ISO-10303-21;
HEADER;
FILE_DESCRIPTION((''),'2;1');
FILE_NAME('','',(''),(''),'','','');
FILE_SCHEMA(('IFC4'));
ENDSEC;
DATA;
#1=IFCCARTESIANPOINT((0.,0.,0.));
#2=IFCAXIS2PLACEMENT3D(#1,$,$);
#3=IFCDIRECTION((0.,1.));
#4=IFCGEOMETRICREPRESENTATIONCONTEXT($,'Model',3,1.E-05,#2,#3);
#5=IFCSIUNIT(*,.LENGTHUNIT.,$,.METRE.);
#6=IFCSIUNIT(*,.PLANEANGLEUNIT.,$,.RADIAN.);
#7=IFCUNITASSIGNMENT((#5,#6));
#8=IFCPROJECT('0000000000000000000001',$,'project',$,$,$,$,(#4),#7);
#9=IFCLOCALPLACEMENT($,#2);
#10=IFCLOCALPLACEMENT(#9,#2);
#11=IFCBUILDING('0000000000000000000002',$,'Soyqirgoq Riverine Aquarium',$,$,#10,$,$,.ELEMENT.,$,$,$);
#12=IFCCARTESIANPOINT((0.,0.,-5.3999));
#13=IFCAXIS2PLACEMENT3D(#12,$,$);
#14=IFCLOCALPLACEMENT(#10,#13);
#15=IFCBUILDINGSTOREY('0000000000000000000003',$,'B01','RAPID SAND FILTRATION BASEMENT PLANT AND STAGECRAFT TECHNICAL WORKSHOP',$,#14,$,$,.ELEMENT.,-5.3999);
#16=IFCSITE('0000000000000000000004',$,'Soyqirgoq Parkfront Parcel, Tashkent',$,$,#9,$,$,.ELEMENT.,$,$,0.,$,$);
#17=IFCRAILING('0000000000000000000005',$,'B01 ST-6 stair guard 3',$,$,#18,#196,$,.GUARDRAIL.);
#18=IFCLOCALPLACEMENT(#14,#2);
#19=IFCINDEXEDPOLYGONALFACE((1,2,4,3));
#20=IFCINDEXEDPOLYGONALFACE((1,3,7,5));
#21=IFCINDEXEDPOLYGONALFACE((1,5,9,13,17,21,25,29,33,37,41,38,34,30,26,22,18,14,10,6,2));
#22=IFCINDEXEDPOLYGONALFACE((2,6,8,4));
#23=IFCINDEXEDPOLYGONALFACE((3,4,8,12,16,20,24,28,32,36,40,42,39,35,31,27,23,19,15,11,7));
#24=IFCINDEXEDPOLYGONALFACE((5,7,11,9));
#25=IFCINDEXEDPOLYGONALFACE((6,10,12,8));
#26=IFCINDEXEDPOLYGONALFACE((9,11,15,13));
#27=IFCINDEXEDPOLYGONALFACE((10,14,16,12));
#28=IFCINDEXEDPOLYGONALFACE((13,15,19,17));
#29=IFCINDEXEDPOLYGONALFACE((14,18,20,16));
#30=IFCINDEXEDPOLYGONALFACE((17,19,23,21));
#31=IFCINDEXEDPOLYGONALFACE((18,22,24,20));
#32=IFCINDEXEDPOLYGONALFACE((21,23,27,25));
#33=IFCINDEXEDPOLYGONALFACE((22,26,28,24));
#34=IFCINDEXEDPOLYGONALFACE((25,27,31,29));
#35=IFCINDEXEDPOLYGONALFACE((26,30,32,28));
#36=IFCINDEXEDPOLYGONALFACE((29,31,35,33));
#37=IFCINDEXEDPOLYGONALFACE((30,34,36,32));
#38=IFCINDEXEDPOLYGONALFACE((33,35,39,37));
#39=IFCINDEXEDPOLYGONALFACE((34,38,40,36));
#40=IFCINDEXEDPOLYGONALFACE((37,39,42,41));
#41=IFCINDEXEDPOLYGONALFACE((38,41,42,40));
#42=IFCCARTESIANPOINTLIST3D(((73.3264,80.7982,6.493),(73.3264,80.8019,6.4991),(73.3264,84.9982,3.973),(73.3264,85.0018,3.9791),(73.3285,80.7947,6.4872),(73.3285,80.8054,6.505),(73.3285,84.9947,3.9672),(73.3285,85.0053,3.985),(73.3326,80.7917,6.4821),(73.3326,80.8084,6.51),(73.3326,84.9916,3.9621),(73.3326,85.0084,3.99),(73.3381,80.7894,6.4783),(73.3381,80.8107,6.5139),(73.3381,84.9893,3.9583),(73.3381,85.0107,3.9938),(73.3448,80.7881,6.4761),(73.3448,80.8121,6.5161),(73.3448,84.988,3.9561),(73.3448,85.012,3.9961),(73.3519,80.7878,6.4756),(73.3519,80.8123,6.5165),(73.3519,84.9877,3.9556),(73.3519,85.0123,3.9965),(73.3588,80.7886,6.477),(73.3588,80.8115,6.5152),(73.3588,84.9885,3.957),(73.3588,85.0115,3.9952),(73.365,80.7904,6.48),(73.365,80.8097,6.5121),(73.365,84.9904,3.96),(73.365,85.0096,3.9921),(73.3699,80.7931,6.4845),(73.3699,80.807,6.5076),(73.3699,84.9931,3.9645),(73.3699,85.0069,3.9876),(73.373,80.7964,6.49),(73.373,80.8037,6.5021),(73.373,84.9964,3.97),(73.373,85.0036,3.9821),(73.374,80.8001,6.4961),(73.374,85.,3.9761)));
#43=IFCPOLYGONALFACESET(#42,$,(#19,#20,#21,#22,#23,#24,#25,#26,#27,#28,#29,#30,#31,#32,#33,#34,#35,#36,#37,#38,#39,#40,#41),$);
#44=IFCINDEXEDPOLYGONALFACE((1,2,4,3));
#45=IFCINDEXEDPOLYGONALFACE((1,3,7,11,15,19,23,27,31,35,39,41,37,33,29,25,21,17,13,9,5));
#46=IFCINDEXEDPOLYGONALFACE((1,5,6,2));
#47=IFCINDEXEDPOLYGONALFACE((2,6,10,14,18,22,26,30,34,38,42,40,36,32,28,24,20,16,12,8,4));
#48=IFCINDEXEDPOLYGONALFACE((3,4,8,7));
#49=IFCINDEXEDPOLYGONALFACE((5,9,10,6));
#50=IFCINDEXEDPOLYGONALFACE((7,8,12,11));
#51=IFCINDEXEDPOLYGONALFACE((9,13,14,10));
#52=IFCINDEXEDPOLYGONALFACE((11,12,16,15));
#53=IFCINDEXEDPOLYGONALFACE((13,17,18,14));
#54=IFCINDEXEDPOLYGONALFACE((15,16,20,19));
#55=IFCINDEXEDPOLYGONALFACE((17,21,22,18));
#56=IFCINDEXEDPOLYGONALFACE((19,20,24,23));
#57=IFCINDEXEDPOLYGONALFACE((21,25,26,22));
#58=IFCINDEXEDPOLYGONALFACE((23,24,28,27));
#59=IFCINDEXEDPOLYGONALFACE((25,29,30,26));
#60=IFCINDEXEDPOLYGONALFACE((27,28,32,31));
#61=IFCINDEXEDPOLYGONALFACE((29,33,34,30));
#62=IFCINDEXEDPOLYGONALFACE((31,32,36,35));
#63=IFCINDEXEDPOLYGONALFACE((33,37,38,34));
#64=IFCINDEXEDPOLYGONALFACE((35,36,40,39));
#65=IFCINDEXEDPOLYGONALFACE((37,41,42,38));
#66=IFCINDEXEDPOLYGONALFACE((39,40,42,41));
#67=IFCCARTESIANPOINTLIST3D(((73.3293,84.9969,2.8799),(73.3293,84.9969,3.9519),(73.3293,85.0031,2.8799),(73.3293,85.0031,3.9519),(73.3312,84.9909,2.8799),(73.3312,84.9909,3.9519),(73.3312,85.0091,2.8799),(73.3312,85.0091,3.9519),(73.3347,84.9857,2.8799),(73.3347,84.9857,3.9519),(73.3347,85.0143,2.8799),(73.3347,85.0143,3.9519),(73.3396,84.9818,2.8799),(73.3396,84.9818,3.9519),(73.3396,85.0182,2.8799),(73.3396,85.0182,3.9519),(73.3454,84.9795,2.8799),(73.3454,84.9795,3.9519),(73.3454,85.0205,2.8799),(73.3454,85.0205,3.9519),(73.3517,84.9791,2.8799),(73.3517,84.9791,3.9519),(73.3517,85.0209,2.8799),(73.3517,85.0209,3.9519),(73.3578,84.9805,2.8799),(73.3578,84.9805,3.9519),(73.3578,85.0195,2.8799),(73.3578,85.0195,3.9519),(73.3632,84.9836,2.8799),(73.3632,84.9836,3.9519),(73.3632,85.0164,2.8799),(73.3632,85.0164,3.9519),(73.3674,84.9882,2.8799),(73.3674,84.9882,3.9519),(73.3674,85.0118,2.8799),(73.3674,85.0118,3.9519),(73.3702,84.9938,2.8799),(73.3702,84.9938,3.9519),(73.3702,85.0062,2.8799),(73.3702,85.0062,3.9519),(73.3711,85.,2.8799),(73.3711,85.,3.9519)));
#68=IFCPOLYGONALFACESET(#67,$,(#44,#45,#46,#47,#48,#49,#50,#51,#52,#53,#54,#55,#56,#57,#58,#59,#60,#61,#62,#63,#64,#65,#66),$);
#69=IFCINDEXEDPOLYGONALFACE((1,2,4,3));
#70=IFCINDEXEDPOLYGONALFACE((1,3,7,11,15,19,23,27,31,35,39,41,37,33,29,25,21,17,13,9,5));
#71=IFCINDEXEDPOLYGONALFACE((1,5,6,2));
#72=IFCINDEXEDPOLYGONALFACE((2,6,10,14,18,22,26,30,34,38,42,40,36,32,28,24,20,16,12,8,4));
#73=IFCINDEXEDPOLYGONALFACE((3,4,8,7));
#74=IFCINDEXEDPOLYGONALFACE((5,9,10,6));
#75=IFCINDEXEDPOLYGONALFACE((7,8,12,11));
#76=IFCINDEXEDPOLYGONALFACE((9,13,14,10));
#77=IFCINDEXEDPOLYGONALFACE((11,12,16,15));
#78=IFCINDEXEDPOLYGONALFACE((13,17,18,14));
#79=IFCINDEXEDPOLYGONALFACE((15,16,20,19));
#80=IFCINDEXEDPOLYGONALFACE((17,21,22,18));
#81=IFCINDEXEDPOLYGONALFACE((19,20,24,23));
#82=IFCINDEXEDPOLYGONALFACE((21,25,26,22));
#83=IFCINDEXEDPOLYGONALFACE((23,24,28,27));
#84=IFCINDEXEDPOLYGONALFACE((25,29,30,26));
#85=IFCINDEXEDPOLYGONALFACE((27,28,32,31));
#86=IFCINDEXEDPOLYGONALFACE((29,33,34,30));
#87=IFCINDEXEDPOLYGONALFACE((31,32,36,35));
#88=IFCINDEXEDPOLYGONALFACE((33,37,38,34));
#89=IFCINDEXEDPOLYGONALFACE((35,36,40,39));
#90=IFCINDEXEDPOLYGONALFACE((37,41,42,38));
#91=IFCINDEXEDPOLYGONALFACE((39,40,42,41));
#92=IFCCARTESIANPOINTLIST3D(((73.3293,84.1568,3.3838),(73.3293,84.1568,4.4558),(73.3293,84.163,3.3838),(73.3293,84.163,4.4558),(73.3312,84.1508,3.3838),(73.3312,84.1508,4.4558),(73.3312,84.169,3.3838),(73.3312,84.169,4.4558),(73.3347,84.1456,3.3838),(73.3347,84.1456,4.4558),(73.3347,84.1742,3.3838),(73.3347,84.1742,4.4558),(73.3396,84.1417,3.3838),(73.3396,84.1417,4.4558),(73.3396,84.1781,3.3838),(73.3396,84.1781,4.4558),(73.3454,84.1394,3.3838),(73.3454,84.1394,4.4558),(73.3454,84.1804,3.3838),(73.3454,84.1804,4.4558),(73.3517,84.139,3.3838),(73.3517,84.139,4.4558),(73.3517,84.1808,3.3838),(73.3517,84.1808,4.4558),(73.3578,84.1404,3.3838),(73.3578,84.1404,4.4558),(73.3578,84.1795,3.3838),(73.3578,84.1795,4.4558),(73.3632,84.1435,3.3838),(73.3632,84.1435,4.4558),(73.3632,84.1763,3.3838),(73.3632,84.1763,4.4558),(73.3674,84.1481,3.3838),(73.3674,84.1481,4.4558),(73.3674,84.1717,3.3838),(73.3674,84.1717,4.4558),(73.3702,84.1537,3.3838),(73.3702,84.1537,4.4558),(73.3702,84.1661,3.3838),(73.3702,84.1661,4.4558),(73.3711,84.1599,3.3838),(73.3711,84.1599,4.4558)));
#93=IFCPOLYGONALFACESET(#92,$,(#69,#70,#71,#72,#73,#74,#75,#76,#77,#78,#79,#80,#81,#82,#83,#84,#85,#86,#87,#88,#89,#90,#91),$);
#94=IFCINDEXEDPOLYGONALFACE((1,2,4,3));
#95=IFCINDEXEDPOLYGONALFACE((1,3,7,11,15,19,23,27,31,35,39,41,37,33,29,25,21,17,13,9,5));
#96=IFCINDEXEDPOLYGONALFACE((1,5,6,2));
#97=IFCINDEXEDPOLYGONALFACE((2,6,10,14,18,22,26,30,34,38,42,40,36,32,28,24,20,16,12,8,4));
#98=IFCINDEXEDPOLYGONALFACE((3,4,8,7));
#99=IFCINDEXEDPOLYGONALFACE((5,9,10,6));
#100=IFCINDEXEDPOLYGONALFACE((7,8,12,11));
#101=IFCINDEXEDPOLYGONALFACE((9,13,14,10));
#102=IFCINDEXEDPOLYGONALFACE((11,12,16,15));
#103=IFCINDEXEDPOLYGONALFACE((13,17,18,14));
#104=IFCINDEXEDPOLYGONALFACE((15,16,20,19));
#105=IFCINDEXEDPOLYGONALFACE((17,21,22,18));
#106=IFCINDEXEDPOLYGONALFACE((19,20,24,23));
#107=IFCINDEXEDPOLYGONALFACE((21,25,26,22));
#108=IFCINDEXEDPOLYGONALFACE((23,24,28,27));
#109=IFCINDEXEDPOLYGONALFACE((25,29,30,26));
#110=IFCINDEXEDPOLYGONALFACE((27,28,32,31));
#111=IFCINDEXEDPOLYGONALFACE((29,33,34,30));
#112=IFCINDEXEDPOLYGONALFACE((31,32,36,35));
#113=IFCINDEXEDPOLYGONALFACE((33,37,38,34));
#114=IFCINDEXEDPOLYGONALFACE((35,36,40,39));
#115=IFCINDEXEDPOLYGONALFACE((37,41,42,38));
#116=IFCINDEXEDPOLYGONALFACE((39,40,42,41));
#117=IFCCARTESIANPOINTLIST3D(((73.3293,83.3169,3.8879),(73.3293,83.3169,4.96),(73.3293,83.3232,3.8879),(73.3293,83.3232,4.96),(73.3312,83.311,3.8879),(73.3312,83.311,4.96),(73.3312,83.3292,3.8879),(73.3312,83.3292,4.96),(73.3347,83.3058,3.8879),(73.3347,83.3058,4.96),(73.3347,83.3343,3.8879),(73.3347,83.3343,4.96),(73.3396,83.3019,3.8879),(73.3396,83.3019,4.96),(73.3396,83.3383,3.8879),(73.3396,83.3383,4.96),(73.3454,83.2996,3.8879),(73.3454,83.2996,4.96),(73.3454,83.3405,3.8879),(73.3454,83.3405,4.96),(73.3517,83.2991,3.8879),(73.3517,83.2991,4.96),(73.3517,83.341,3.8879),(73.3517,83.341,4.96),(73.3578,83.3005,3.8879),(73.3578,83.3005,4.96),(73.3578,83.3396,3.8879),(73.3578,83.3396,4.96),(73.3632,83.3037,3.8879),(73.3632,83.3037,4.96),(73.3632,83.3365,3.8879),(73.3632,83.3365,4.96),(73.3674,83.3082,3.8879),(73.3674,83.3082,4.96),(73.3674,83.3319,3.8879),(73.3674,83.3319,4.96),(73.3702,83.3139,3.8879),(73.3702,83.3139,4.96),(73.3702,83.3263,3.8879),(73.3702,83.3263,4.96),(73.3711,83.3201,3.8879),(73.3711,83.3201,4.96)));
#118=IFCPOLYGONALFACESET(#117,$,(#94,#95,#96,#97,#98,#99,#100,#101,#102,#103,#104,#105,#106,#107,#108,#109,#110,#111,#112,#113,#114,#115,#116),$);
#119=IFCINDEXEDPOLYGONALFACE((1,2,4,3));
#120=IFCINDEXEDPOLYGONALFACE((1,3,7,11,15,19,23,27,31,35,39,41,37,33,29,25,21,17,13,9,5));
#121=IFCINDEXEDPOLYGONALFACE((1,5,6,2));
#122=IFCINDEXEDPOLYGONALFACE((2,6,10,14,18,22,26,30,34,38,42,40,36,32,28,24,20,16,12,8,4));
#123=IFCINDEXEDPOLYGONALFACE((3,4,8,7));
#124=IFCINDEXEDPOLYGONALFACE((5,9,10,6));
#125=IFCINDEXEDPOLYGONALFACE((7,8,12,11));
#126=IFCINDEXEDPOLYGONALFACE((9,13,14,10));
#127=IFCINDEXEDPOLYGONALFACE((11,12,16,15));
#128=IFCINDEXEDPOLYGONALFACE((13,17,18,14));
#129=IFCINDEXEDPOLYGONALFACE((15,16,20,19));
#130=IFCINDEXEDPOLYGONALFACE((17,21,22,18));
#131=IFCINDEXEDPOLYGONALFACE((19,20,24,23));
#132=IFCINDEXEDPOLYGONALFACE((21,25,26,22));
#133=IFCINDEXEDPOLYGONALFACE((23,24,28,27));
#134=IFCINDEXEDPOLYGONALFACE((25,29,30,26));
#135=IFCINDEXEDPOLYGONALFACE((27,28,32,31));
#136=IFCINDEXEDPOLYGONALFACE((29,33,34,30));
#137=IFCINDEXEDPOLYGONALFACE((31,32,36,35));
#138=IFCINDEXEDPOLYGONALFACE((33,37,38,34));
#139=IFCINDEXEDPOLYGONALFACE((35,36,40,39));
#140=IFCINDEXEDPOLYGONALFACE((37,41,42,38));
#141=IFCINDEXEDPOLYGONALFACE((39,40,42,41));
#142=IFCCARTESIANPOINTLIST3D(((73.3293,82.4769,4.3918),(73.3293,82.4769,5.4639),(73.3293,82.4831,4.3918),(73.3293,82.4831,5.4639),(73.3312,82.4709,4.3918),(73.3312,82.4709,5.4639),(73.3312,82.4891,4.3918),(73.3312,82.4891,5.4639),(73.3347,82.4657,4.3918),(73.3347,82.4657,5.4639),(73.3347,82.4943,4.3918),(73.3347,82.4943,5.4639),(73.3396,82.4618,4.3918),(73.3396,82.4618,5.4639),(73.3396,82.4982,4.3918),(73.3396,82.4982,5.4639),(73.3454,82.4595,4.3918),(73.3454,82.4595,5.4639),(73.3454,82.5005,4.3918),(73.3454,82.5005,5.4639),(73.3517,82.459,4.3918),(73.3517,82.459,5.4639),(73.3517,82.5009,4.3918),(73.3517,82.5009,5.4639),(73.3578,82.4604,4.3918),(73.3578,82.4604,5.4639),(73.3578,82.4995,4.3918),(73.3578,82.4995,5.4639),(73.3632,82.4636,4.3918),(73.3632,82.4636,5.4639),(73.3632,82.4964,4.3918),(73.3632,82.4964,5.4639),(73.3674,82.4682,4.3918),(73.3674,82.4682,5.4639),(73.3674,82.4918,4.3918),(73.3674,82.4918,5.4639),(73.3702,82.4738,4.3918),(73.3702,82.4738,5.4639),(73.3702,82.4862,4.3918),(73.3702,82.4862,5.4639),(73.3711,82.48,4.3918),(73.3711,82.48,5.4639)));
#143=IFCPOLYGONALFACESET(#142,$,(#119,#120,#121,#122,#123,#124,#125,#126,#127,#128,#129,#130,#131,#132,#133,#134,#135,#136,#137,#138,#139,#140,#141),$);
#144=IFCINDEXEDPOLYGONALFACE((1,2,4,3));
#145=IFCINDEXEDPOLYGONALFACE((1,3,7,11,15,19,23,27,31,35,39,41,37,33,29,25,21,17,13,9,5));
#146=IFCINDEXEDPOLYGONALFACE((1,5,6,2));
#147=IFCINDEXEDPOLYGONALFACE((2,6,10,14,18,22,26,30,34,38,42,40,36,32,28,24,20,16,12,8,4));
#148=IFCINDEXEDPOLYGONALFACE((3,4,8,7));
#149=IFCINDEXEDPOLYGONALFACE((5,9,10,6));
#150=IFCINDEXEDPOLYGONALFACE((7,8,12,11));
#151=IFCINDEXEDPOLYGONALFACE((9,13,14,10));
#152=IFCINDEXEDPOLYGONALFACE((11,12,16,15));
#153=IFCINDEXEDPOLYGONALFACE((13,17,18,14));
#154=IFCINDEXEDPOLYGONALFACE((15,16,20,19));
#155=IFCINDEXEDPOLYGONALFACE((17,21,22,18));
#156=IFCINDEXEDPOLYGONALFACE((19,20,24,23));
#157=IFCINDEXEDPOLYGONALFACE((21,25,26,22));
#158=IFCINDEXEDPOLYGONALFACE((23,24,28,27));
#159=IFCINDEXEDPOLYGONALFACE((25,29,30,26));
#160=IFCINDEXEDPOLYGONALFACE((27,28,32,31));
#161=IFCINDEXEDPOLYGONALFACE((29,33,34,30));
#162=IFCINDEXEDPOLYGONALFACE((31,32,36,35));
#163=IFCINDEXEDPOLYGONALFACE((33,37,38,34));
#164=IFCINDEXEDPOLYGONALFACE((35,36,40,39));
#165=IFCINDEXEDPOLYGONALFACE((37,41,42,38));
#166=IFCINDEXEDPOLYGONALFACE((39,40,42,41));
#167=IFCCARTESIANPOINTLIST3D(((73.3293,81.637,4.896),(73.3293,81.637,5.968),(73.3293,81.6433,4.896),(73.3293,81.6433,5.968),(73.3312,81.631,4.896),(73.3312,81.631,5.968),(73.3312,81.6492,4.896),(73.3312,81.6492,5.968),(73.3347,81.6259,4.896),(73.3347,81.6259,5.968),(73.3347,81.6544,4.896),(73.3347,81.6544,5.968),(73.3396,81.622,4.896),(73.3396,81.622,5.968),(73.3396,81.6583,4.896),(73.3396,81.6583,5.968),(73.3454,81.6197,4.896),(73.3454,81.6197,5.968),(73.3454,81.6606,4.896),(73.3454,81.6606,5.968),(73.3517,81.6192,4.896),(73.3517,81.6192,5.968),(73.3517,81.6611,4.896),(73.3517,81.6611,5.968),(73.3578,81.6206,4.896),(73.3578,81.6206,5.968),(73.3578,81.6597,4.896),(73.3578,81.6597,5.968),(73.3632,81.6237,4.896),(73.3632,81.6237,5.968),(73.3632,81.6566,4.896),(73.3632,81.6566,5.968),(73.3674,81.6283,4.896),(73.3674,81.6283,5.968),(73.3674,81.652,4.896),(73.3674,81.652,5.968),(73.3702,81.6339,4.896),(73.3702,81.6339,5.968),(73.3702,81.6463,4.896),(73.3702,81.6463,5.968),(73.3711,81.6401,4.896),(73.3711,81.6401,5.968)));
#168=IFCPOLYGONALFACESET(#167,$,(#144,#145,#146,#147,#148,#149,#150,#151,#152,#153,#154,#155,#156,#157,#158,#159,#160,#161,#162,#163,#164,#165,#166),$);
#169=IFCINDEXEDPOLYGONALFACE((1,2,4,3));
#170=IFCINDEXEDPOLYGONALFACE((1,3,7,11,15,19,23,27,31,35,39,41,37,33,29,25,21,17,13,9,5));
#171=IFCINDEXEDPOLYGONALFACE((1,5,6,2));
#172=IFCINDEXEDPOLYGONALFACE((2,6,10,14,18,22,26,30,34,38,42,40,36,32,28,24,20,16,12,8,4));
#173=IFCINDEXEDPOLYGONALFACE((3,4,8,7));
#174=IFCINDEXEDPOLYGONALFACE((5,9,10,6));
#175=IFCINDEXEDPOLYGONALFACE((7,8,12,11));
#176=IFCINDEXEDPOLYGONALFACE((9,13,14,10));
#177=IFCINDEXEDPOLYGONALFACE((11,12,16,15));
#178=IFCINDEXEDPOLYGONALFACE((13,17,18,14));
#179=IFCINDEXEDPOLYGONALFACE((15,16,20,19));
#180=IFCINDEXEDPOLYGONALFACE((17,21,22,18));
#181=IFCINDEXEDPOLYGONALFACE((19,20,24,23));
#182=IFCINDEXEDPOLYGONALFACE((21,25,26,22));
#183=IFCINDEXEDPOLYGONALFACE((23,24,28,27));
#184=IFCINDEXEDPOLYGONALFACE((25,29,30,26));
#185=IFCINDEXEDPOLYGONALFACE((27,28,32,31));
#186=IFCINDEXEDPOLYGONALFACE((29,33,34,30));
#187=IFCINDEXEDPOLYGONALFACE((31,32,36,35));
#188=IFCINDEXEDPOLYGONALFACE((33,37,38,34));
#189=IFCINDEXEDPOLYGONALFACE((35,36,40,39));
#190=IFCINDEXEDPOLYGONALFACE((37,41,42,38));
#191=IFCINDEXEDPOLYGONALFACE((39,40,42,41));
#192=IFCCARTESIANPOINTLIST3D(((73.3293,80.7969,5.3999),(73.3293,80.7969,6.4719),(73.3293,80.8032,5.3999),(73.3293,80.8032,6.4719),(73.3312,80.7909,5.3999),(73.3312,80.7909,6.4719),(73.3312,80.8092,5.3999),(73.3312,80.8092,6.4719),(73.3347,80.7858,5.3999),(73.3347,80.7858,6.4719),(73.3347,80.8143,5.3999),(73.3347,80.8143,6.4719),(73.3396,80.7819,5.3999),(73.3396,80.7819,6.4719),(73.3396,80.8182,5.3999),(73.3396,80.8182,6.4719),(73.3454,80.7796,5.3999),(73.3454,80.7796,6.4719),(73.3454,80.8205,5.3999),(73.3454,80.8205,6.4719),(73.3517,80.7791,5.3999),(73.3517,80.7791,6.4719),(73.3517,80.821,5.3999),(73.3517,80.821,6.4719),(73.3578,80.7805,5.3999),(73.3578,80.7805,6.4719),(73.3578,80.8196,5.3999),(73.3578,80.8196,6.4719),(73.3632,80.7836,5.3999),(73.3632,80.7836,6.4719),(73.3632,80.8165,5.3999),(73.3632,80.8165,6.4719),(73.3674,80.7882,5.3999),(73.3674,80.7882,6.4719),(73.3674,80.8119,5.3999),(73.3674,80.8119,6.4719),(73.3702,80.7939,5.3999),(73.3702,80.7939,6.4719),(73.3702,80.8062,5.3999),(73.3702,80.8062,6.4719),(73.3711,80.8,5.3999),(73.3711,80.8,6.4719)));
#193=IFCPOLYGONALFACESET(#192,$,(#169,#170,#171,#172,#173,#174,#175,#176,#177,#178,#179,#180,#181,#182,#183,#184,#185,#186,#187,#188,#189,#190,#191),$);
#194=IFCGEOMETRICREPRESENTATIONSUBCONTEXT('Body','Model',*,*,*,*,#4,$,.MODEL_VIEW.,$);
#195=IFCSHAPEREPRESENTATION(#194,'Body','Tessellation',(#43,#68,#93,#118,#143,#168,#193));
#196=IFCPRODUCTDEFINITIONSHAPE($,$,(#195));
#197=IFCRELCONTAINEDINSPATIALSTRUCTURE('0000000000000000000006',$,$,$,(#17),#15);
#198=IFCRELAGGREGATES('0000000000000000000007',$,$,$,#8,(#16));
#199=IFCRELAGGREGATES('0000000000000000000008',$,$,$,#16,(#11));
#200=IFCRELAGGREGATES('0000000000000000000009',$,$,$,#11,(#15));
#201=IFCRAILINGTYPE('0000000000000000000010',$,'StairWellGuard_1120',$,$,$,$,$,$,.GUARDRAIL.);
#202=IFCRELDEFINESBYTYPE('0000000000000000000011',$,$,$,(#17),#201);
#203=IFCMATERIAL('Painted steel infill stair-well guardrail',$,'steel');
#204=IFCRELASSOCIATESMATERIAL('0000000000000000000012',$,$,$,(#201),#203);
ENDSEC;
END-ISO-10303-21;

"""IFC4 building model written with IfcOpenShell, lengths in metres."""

from ifc_helpers import new_model, si_unit, direction, frame, origin, origin_2d, place, context, subcontext, project, spatial, circle, extrude, material, type_object, element, save


model = new_model("IFC4")

# Units and contexts
model_context = context("Model", 3, precision=1e-05, world=origin(), true_north=direction((0.0, 1.0)))
body_context = subcontext(model_context, "Body", "Model", "MODEL_VIEW")
ifc_project = project(units=[si_unit("LENGTHUNIT", "METRE"), si_unit("PLANEANGLEUNIT", "RADIAN")], contexts=[model_context])

# Site, building, storey
site_placement = place(None, origin())
site = spatial("IfcSite", under=ifc_project, at=site_placement, Name="Soyqirgoq Parkfront Parcel, Tashkent", CompositionType="ELEMENT", RefElevation=0.0)
building_placement = place(site_placement, origin())
building = spatial("IfcBuilding", under=site, at=building_placement, Name="Soyqirgoq Riverine Aquarium", CompositionType="ELEMENT")
storey_placement = place(building_placement, frame((0.0, 0.0, -5.3999)))
storey = spatial("IfcBuildingStorey", under=building, at=storey_placement, Name="B01", Description="RAPID SAND FILTRATION BASEMENT PLANT AND STAGECRAFT TECHNICAL WORKSHOP", CompositionType="ELEMENT", Elevation=-5.3999)

# Railing
ifc_material_1 = material(Name="Painted steel infill stair-well guardrail", Category="steel")
railing_type_1 = type_object("IfcRailingType", Name="StairWellGuard_1120", PredefinedType="GUARDRAIL", material=ifc_material_1)
railing_1_placement = place(storey_placement, frame((73.3501, 85.0, 2.8799)))
element("IfcRailing", 1, at=railing_1_placement, inside=storey, type_object=railing_type_1, Name="B01 ST-6 stair guard 3", PredefinedType="GUARDRAIL", context=body_context, shape_type="SweptSolid", body=[
    extrude(circle(Radius=0.0239, at=origin_2d()), frame((0.0, 0.0, 1.0962), z_axis=(0.0, -0.857489, 0.514503), x_axis=(1.0, 0.0, 0.0)), (0.0, 0.0, 1.0), 4.8979),
    extrude(circle(Radius=0.021, at=origin_2d()), origin(), (0.0, 0.0, 1.0), 1.072),
    extrude(circle(Radius=0.021, at=origin_2d()), frame((0.0, -0.8401, 0.5039)), (0.0, 0.0, 1.0), 1.072),
    extrude(circle(Radius=0.021, at=origin_2d()), frame((0.0, -1.6799, 1.0081)), (0.0, 0.0, 1.0), 1.072),
    extrude(circle(Radius=0.021, at=origin_2d()), frame((0.0, -2.52, 1.512)), (0.0, 0.0, 1.0), 1.072),
    extrude(circle(Radius=0.021, at=origin_2d()), frame((0.0, -3.3599, 2.0161)), (0.0, 0.0, 1.0), 1.072),
    extrude(circle(Radius=0.021, at=origin_2d()), frame((0.0, -4.2, 2.52)), (0.0, 0.0, 1.0), 1.072),
])

save(model, "model.ifc")
